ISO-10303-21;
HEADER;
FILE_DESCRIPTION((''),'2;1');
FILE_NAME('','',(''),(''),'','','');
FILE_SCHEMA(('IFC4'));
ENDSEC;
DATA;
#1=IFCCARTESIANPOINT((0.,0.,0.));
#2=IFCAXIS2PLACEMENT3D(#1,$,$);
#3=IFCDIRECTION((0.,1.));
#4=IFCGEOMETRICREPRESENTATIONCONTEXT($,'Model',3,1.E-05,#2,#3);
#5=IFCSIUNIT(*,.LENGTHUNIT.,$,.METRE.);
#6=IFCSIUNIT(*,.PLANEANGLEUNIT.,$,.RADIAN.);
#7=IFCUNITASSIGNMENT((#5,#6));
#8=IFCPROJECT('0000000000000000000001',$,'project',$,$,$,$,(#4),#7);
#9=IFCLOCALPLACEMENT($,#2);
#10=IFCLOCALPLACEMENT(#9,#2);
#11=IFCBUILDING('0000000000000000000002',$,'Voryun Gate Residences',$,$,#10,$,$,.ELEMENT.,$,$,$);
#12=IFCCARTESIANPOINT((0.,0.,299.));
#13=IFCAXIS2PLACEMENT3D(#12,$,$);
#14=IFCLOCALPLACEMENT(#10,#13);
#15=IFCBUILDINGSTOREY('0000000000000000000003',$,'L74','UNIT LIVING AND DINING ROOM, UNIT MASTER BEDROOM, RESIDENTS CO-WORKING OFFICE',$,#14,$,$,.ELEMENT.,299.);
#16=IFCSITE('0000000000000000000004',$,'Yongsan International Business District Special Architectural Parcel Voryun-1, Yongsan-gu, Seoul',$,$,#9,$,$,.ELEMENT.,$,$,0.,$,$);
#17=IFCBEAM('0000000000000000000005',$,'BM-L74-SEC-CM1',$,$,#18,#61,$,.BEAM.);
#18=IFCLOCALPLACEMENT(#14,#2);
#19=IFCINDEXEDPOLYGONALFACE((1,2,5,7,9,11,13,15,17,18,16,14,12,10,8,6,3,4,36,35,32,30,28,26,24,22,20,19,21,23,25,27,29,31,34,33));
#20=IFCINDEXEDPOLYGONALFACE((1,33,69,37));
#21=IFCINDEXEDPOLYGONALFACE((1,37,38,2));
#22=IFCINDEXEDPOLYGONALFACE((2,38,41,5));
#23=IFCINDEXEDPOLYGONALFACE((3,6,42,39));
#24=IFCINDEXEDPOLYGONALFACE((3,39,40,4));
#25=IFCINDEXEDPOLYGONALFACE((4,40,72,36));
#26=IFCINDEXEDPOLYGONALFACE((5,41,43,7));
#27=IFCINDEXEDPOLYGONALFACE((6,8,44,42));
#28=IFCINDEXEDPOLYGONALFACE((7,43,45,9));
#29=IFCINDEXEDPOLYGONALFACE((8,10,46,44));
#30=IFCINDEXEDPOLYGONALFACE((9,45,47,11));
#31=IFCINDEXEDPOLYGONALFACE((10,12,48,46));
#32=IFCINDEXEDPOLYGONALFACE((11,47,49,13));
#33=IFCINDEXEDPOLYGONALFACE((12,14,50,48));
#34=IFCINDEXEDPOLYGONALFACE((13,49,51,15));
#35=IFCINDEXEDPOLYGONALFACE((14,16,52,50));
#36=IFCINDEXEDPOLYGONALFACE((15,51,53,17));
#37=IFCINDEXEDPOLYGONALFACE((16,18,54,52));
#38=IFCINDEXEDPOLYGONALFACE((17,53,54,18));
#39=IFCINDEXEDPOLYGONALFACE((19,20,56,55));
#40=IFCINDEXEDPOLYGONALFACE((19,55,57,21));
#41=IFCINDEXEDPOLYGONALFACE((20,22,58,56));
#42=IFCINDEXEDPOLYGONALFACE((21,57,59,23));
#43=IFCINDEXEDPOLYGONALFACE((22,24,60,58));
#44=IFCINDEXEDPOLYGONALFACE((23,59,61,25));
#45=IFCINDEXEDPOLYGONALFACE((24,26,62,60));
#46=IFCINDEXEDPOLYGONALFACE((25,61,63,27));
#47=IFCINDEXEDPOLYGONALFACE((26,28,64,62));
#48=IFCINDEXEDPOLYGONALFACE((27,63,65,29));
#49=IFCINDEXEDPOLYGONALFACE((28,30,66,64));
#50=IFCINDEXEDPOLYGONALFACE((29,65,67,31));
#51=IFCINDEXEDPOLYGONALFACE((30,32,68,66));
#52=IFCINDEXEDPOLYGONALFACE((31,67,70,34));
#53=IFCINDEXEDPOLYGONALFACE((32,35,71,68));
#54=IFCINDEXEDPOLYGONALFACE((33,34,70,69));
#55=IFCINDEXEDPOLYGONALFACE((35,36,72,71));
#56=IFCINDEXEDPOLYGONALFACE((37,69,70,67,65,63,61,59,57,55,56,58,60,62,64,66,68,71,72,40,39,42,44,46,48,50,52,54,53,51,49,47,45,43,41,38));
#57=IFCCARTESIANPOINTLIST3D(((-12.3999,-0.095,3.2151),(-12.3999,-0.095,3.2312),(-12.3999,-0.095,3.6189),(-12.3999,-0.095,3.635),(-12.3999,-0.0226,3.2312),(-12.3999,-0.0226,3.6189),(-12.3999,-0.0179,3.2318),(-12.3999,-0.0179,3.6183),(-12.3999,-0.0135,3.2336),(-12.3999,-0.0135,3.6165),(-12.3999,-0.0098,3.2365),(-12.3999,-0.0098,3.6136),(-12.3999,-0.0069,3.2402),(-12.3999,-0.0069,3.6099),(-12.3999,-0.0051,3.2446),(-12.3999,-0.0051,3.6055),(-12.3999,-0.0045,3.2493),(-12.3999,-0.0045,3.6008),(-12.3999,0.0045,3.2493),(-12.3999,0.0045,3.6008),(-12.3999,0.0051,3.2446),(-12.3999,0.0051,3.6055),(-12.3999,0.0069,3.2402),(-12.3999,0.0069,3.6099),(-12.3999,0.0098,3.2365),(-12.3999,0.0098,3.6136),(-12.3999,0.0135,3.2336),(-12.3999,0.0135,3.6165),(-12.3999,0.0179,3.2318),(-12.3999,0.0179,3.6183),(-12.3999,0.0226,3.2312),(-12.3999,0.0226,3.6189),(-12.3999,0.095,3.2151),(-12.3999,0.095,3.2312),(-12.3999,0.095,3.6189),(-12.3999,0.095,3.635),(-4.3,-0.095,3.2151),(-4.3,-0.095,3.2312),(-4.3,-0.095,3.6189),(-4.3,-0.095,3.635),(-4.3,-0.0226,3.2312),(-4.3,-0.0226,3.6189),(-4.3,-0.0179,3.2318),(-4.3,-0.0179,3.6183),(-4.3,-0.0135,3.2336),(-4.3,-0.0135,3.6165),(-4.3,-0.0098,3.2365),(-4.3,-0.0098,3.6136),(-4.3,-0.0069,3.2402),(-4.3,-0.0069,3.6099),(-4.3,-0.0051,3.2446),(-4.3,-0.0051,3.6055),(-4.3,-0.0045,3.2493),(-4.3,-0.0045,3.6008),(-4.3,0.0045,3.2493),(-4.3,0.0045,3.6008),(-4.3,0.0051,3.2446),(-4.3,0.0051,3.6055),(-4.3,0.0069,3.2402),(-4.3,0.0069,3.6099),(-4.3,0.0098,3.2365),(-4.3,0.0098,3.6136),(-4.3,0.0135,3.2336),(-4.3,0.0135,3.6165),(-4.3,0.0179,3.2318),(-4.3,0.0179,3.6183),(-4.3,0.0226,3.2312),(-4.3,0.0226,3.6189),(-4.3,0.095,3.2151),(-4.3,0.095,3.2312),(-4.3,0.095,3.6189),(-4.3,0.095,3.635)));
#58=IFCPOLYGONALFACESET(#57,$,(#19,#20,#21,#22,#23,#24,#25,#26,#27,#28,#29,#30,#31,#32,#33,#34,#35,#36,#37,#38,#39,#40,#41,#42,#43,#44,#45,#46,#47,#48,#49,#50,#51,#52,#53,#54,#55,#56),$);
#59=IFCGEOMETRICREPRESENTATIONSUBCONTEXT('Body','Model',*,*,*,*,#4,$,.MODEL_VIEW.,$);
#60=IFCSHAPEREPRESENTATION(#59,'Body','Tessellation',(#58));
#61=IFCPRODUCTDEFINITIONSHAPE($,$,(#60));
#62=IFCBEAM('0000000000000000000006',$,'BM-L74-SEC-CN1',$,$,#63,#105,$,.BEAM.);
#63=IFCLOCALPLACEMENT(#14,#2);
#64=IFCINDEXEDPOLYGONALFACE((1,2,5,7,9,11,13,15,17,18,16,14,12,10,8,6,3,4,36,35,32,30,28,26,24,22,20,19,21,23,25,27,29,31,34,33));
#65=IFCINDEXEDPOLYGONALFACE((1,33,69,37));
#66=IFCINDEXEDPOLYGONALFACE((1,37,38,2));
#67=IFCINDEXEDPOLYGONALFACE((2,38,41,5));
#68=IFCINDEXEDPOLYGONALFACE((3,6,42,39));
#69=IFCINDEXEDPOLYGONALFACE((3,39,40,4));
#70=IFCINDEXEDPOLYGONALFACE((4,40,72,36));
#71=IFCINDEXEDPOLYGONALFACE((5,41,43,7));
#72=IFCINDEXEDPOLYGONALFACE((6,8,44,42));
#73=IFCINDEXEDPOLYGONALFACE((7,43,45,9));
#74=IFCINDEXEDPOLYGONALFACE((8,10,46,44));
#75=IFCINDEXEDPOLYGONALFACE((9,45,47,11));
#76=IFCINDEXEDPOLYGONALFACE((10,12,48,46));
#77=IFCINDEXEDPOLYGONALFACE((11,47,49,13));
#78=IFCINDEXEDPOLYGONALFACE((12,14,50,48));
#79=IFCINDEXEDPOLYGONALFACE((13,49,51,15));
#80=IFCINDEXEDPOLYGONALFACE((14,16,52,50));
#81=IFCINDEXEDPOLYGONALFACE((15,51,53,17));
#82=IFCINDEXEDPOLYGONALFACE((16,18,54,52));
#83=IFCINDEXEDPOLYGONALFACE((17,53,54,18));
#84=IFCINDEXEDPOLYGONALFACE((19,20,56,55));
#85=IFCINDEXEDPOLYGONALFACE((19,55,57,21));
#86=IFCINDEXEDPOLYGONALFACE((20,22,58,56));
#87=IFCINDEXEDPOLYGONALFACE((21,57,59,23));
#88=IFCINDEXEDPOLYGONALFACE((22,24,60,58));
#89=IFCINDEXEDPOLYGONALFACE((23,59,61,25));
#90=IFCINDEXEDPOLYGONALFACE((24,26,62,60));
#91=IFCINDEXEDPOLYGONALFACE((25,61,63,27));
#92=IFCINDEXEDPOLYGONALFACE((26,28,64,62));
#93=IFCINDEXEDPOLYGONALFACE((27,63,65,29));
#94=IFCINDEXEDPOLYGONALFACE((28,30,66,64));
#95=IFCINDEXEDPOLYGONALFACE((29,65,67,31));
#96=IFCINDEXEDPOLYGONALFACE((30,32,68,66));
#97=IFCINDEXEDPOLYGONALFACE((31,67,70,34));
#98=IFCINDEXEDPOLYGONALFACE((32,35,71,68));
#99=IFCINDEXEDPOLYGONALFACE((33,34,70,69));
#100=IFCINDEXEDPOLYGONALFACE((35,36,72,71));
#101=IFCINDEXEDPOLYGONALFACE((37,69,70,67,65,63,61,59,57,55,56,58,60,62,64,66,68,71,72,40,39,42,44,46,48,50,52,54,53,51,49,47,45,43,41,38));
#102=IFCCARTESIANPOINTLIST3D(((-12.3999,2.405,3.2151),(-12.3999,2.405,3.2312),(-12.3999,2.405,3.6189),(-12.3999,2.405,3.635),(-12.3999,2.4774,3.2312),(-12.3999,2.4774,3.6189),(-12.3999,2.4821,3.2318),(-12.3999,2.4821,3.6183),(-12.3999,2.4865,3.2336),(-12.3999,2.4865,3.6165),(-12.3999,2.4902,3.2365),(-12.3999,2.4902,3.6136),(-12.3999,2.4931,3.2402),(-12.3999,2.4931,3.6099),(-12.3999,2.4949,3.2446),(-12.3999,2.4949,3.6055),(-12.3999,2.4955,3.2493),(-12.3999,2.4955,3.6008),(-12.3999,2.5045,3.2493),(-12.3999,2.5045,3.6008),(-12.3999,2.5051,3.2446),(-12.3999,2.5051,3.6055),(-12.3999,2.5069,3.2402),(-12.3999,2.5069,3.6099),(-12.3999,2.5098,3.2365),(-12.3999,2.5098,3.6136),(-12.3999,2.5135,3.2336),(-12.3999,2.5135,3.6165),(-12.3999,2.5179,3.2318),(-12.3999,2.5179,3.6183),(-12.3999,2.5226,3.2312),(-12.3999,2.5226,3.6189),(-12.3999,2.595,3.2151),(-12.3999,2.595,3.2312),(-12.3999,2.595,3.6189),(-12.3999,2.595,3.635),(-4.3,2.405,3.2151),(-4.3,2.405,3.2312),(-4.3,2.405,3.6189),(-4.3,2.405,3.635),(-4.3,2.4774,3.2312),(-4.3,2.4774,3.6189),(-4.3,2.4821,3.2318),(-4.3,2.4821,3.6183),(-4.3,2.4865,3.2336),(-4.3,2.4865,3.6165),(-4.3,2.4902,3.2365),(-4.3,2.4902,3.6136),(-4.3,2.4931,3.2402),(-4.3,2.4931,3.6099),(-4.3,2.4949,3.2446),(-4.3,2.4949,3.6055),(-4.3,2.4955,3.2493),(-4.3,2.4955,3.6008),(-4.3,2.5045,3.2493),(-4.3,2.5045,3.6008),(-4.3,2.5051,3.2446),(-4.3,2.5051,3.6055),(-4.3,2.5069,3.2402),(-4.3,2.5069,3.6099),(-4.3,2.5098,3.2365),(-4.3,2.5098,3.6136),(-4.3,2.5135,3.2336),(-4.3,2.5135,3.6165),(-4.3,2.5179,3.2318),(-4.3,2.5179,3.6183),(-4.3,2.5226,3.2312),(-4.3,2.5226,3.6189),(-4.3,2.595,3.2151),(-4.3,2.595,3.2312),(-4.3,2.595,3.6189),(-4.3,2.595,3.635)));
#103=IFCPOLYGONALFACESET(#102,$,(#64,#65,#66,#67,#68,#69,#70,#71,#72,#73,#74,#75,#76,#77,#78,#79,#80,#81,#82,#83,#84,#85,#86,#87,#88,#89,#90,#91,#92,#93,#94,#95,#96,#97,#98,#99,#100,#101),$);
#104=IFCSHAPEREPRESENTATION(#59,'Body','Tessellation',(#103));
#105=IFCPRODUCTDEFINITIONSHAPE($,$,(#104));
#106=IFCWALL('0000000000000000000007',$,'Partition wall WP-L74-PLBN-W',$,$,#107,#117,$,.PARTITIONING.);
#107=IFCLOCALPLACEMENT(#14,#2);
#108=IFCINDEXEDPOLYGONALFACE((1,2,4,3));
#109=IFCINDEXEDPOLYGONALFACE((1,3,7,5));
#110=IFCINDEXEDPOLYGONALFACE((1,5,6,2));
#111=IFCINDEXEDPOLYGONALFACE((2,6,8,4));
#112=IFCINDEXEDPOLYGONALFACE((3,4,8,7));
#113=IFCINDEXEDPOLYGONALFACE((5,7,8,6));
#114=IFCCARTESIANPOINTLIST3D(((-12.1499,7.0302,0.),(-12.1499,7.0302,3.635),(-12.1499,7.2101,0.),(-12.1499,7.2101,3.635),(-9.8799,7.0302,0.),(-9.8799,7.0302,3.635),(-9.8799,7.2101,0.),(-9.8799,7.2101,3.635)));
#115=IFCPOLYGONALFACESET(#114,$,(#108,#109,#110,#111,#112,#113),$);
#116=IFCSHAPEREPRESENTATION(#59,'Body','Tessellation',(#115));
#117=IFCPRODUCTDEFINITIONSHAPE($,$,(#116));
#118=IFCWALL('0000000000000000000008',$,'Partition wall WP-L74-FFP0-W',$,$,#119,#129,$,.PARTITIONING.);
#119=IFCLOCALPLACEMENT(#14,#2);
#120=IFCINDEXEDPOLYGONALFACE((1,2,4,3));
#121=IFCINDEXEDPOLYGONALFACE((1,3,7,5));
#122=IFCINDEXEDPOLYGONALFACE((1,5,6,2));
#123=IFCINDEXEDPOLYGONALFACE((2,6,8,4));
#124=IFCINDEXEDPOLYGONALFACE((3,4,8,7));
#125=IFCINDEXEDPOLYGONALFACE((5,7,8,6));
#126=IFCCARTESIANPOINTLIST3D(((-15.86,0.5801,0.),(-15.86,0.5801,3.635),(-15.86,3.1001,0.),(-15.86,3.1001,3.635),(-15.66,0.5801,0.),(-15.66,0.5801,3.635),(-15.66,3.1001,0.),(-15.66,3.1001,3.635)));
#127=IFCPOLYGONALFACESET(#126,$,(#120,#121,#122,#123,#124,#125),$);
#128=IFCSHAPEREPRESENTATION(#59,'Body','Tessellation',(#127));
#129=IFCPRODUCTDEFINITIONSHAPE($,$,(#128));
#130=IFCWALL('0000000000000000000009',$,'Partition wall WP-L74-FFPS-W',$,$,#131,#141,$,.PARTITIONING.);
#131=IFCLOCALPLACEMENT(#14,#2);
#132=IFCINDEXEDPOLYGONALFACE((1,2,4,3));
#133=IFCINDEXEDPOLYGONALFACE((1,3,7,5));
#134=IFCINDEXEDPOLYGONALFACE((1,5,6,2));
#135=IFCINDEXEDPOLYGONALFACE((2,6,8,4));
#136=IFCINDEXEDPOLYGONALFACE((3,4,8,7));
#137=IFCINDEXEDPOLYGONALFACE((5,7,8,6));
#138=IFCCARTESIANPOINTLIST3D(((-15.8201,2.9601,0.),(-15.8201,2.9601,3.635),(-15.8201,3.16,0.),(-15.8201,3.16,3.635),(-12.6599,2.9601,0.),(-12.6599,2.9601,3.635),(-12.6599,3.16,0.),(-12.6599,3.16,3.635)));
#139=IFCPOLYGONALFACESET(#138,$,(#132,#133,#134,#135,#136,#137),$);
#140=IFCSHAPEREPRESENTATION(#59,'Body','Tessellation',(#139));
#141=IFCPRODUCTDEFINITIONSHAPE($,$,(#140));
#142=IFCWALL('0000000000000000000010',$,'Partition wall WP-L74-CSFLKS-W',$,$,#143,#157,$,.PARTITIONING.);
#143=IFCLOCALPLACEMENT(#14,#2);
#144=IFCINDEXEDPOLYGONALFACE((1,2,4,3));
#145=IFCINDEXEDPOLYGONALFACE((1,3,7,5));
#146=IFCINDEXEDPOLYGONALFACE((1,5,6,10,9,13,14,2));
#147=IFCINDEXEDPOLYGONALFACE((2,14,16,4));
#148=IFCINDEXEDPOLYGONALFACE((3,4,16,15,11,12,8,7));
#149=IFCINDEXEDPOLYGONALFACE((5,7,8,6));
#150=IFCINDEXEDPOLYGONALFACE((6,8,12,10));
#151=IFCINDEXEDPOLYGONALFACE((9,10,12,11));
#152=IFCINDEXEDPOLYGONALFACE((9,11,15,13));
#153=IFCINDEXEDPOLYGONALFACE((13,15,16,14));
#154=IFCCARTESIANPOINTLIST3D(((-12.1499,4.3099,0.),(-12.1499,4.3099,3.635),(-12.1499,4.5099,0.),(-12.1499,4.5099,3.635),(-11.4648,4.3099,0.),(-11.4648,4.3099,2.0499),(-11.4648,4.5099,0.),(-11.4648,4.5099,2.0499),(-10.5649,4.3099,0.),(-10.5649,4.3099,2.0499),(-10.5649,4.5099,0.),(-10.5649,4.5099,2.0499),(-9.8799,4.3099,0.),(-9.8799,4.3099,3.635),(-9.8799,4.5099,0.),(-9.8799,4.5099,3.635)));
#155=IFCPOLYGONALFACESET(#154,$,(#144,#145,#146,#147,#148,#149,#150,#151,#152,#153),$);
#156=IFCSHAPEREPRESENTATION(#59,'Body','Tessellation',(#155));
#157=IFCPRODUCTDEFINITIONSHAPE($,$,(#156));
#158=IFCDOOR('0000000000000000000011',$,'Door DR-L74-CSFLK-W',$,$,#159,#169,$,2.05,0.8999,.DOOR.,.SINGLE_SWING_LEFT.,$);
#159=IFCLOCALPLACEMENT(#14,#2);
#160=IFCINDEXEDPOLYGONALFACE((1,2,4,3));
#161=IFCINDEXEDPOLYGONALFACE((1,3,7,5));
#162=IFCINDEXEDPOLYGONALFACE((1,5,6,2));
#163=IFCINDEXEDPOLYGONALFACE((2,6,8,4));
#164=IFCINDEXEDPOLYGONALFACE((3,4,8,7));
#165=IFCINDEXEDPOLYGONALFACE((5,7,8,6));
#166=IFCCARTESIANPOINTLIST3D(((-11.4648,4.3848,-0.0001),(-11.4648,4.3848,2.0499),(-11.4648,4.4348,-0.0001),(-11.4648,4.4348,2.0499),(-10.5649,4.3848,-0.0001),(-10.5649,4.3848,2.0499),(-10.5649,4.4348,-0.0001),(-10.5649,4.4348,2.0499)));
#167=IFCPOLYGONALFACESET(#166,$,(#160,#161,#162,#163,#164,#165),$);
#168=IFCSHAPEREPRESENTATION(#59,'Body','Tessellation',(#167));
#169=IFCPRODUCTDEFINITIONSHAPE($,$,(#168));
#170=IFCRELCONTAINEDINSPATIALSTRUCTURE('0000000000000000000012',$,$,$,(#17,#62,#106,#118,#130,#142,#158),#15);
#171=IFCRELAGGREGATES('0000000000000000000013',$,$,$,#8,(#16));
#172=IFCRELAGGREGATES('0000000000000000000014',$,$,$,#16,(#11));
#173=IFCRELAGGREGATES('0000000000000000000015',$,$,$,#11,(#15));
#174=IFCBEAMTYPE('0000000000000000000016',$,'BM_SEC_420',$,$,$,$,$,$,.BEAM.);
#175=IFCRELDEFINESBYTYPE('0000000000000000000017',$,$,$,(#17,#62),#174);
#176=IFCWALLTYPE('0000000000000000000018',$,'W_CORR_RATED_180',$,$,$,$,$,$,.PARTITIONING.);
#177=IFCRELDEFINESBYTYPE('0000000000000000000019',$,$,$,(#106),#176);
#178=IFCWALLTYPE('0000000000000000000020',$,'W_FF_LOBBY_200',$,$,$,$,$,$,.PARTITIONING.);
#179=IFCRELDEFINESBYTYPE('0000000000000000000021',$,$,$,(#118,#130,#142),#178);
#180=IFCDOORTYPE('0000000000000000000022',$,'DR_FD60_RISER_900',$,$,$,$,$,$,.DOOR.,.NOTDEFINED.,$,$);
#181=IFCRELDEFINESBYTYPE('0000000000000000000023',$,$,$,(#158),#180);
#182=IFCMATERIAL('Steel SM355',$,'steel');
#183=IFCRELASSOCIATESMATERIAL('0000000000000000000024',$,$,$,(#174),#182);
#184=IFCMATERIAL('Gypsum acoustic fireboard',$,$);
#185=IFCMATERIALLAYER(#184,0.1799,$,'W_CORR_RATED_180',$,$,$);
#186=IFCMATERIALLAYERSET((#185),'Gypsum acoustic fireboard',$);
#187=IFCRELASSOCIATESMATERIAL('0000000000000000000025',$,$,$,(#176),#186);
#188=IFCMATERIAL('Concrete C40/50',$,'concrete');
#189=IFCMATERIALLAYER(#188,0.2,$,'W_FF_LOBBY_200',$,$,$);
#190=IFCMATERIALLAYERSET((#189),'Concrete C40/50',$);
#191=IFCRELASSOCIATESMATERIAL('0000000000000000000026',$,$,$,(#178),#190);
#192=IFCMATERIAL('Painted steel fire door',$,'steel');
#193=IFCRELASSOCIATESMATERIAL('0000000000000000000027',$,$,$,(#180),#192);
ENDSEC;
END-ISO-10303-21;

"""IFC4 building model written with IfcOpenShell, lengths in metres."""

from ifc_helpers import new_model, si_unit, direction, frame, frame_2d, origin, origin_2d, place, context, subcontext, project, spatial, rectangle, i_section, extrude, material, layer, layer_set, material_profile, profile_set, type_object, element, fill, save


model = new_model("IFC4")

# Units and contexts
model_context = context("Model", 3, precision=1e-05, world=origin(), true_north=direction((0.0, 1.0)))
body_context = subcontext(model_context, "Body", "Model", "MODEL_VIEW")
ifc_project = project(units=[si_unit("LENGTHUNIT", "METRE"), si_unit("PLANEANGLEUNIT", "RADIAN")], contexts=[model_context])

# Site, building, storey
site_placement = place(None, origin())
site = spatial("IfcSite", under=ifc_project, at=site_placement, Name="Yongsan International Business District Special Architectural Parcel Voryun-1, Yongsan-gu, Seoul", CompositionType="ELEMENT", RefElevation=0.0)
building_placement = place(site_placement, origin())
building = spatial("IfcBuilding", under=site, at=building_placement, Name="Voryun Gate Residences", CompositionType="ELEMENT")
storey_placement = place(building_placement, frame((0.0, 0.0, 299.0)))
storey = spatial("IfcBuildingStorey", under=building, at=storey_placement, Name="L74", Description="UNIT LIVING AND DINING ROOM, UNIT MASTER BEDROOM, RESIDENTS CO-WORKING OFFICE", CompositionType="ELEMENT", Elevation=299.0)

# Beams
ifc_material_1 = material(Name="Steel SM355", Category="steel")
ifc_material_profile_1 = material_profile(ifc_material_1, i_section(OverallWidth=0.1899, OverallDepth=0.4199, WebThickness=0.009, FlangeThickness=0.0161, FilletRadius=0.0181, at=origin_2d()), Name="H-420x190x9x16")
ifc_profile_set_1 = profile_set([ifc_material_profile_1], Name="Steel SM355")
beam_type_1 = type_object("IfcBeamType", Name="BM_SEC_420", PredefinedType="BEAM", material=ifc_profile_set_1)
for number, where, z_axis, x_axis, name in (
    (1, (-12.3999, 0.0, 3.425), (1.0, 0.0, 0.0), (0.0, 1.0, 0.0), "BM-L74-SEC-CM1"),
    (2, (-12.3999, 2.5, 3.425), (1.0, 0.0, 0.0), (0.0, 1.0, 0.0), "BM-L74-SEC-CN1"),
):
    element("IfcBeam", number, at=place(storey_placement, frame(where, z_axis=z_axis, x_axis=x_axis)), inside=storey, type_object=beam_type_1, Name=name, PredefinedType="BEAM", context=body_context, shape_type="SweptSolid", body=[
        extrude(i_section(OverallWidth=0.1899, OverallDepth=0.4199, WebThickness=0.009, FlangeThickness=0.0161, FilletRadius=0.0181, at=origin_2d()), origin(), (0.0, 0.0, 1.0), 8.0999),
    ])

# Walls
ifc_material_2 = material(Name="Gypsum acoustic fireboard")
ifc_layer_1 = layer(ifc_material_2, 0.1799, Name="W_CORR_RATED_180")
ifc_layer_set_1 = layer_set([ifc_layer_1], Name="Gypsum acoustic fireboard")
wall_type_1 = type_object("IfcWallType", Name="W_CORR_RATED_180", PredefinedType="PARTITIONING", material=ifc_layer_set_1)
wall_1_placement = place(storey_placement, frame((-12.1499, 7.1201, 0.0), z_axis=(0.0, 0.0, 1.0), x_axis=(1.0, 0.0, 0.0)))
element("IfcWall", 3, at=wall_1_placement, inside=storey, type_object=wall_type_1, Name="Partition wall WP-L74-PLBN-W", PredefinedType="PARTITIONING", context=body_context, shape_type="SweptSolid", body=[
    extrude(rectangle(XDim=2.27, YDim=0.1799, at=frame_2d((1.135, 0.0))), origin(), (0.0, 0.0, 1.0), 3.635),
])
ifc_material_3 = material(Name="Concrete C40/50", Category="concrete")
ifc_layer_2 = layer(ifc_material_3, 0.2, Name="W_FF_LOBBY_200")
ifc_layer_set_2 = layer_set([ifc_layer_2], Name="Concrete C40/50")
wall_type_2 = type_object("IfcWallType", Name="W_FF_LOBBY_200", PredefinedType="PARTITIONING", material=ifc_layer_set_2)
wall_2_placement = place(storey_placement, frame((-15.76, 0.5801, 0.0), z_axis=(0.0, 0.0, 1.0), x_axis=(0.0, 1.0, 0.0)))
element("IfcWall", 4, at=wall_2_placement, inside=storey, type_object=wall_type_2, Name="Partition wall WP-L74-FFP0-W", PredefinedType="PARTITIONING", context=body_context, shape_type="SweptSolid", body=[
    extrude(rectangle(XDim=2.52, YDim=0.2, at=frame_2d((1.26, 0.0))), origin(), (0.0, 0.0, 1.0), 3.635),
])
wall_3_placement = place(storey_placement, frame((-15.8201, 3.0601, 0.0), z_axis=(0.0, 0.0, 1.0), x_axis=(1.0, 0.0, 0.0)))
element("IfcWall", 5, at=wall_3_placement, inside=storey, type_object=wall_type_2, Name="Partition wall WP-L74-FFPS-W", PredefinedType="PARTITIONING", context=body_context, shape_type="SweptSolid", body=[
    extrude(rectangle(XDim=3.1602, YDim=0.2, at=frame_2d((1.5801, 0.0))), origin(), (0.0, 0.0, 1.0), 3.635),
])

# Wall, opening, door
wall_4_placement = place(storey_placement, frame((-12.1499, 4.4099, 0.0), z_axis=(0.0, 0.0, 1.0), x_axis=(1.0, 0.0, 0.0)))
wall_4 = element("IfcWall", 6, at=wall_4_placement, inside=storey, type_object=wall_type_2, Name="Partition wall WP-L74-CSFLKS-W", PredefinedType="PARTITIONING", context=body_context, shape_type="SweptSolid", body=[
    extrude(rectangle(XDim=2.27, YDim=0.2, at=frame_2d((1.135, 0.0))), origin(), (0.0, 0.0, 1.0), 3.635),
])
opening_1_placement = place(wall_4_placement, frame((0.6851, 0.0, 0.0)))
opening_1 = element("IfcOpeningElement", 7, at=opening_1_placement, cuts=wall_4, PredefinedType="OPENING", context=body_context, shape_type="SweptSolid", body=[
    extrude(rectangle(XDim=0.8999, YDim=2.05, at=frame_2d((0.45, 1.0249))), frame((0.0, 0.1101, 0.0), z_axis=(0.0, -1.0, 0.0), x_axis=(1.0, 0.0, 0.0)), (0.0, 0.0, 1.0), 0.22),
])
ifc_material_4 = material(Name="Painted steel fire door", Category="steel")
door_type_1 = type_object("IfcDoorType", Name="DR_FD60_RISER_900", OperationType="NOTDEFINED", PredefinedType="DOOR", material=ifc_material_4)
door_1_placement = place(opening_1_placement, origin())
door_1 = element("IfcDoor", 8, at=door_1_placement, inside=storey, type_object=door_type_1, Name="Door DR-L74-CSFLK-W", OperationType="SINGLE_SWING_LEFT", OverallHeight=2.05, OverallWidth=0.8999, PredefinedType="DOOR", context=body_context, shape_type="SweptSolid", body=[
    extrude(rectangle(XDim=0.8999, YDim=2.05, at=frame_2d((0.45, 1.0249))), frame((0.0, 0.0249, 0.0), z_axis=(0.0, -1.0, 0.0), x_axis=(1.0, 0.0, 0.0)), (0.0, 0.0, 1.0), 0.05),
])
fill(opening_1, door_1)

save(model, "model.ifc")
